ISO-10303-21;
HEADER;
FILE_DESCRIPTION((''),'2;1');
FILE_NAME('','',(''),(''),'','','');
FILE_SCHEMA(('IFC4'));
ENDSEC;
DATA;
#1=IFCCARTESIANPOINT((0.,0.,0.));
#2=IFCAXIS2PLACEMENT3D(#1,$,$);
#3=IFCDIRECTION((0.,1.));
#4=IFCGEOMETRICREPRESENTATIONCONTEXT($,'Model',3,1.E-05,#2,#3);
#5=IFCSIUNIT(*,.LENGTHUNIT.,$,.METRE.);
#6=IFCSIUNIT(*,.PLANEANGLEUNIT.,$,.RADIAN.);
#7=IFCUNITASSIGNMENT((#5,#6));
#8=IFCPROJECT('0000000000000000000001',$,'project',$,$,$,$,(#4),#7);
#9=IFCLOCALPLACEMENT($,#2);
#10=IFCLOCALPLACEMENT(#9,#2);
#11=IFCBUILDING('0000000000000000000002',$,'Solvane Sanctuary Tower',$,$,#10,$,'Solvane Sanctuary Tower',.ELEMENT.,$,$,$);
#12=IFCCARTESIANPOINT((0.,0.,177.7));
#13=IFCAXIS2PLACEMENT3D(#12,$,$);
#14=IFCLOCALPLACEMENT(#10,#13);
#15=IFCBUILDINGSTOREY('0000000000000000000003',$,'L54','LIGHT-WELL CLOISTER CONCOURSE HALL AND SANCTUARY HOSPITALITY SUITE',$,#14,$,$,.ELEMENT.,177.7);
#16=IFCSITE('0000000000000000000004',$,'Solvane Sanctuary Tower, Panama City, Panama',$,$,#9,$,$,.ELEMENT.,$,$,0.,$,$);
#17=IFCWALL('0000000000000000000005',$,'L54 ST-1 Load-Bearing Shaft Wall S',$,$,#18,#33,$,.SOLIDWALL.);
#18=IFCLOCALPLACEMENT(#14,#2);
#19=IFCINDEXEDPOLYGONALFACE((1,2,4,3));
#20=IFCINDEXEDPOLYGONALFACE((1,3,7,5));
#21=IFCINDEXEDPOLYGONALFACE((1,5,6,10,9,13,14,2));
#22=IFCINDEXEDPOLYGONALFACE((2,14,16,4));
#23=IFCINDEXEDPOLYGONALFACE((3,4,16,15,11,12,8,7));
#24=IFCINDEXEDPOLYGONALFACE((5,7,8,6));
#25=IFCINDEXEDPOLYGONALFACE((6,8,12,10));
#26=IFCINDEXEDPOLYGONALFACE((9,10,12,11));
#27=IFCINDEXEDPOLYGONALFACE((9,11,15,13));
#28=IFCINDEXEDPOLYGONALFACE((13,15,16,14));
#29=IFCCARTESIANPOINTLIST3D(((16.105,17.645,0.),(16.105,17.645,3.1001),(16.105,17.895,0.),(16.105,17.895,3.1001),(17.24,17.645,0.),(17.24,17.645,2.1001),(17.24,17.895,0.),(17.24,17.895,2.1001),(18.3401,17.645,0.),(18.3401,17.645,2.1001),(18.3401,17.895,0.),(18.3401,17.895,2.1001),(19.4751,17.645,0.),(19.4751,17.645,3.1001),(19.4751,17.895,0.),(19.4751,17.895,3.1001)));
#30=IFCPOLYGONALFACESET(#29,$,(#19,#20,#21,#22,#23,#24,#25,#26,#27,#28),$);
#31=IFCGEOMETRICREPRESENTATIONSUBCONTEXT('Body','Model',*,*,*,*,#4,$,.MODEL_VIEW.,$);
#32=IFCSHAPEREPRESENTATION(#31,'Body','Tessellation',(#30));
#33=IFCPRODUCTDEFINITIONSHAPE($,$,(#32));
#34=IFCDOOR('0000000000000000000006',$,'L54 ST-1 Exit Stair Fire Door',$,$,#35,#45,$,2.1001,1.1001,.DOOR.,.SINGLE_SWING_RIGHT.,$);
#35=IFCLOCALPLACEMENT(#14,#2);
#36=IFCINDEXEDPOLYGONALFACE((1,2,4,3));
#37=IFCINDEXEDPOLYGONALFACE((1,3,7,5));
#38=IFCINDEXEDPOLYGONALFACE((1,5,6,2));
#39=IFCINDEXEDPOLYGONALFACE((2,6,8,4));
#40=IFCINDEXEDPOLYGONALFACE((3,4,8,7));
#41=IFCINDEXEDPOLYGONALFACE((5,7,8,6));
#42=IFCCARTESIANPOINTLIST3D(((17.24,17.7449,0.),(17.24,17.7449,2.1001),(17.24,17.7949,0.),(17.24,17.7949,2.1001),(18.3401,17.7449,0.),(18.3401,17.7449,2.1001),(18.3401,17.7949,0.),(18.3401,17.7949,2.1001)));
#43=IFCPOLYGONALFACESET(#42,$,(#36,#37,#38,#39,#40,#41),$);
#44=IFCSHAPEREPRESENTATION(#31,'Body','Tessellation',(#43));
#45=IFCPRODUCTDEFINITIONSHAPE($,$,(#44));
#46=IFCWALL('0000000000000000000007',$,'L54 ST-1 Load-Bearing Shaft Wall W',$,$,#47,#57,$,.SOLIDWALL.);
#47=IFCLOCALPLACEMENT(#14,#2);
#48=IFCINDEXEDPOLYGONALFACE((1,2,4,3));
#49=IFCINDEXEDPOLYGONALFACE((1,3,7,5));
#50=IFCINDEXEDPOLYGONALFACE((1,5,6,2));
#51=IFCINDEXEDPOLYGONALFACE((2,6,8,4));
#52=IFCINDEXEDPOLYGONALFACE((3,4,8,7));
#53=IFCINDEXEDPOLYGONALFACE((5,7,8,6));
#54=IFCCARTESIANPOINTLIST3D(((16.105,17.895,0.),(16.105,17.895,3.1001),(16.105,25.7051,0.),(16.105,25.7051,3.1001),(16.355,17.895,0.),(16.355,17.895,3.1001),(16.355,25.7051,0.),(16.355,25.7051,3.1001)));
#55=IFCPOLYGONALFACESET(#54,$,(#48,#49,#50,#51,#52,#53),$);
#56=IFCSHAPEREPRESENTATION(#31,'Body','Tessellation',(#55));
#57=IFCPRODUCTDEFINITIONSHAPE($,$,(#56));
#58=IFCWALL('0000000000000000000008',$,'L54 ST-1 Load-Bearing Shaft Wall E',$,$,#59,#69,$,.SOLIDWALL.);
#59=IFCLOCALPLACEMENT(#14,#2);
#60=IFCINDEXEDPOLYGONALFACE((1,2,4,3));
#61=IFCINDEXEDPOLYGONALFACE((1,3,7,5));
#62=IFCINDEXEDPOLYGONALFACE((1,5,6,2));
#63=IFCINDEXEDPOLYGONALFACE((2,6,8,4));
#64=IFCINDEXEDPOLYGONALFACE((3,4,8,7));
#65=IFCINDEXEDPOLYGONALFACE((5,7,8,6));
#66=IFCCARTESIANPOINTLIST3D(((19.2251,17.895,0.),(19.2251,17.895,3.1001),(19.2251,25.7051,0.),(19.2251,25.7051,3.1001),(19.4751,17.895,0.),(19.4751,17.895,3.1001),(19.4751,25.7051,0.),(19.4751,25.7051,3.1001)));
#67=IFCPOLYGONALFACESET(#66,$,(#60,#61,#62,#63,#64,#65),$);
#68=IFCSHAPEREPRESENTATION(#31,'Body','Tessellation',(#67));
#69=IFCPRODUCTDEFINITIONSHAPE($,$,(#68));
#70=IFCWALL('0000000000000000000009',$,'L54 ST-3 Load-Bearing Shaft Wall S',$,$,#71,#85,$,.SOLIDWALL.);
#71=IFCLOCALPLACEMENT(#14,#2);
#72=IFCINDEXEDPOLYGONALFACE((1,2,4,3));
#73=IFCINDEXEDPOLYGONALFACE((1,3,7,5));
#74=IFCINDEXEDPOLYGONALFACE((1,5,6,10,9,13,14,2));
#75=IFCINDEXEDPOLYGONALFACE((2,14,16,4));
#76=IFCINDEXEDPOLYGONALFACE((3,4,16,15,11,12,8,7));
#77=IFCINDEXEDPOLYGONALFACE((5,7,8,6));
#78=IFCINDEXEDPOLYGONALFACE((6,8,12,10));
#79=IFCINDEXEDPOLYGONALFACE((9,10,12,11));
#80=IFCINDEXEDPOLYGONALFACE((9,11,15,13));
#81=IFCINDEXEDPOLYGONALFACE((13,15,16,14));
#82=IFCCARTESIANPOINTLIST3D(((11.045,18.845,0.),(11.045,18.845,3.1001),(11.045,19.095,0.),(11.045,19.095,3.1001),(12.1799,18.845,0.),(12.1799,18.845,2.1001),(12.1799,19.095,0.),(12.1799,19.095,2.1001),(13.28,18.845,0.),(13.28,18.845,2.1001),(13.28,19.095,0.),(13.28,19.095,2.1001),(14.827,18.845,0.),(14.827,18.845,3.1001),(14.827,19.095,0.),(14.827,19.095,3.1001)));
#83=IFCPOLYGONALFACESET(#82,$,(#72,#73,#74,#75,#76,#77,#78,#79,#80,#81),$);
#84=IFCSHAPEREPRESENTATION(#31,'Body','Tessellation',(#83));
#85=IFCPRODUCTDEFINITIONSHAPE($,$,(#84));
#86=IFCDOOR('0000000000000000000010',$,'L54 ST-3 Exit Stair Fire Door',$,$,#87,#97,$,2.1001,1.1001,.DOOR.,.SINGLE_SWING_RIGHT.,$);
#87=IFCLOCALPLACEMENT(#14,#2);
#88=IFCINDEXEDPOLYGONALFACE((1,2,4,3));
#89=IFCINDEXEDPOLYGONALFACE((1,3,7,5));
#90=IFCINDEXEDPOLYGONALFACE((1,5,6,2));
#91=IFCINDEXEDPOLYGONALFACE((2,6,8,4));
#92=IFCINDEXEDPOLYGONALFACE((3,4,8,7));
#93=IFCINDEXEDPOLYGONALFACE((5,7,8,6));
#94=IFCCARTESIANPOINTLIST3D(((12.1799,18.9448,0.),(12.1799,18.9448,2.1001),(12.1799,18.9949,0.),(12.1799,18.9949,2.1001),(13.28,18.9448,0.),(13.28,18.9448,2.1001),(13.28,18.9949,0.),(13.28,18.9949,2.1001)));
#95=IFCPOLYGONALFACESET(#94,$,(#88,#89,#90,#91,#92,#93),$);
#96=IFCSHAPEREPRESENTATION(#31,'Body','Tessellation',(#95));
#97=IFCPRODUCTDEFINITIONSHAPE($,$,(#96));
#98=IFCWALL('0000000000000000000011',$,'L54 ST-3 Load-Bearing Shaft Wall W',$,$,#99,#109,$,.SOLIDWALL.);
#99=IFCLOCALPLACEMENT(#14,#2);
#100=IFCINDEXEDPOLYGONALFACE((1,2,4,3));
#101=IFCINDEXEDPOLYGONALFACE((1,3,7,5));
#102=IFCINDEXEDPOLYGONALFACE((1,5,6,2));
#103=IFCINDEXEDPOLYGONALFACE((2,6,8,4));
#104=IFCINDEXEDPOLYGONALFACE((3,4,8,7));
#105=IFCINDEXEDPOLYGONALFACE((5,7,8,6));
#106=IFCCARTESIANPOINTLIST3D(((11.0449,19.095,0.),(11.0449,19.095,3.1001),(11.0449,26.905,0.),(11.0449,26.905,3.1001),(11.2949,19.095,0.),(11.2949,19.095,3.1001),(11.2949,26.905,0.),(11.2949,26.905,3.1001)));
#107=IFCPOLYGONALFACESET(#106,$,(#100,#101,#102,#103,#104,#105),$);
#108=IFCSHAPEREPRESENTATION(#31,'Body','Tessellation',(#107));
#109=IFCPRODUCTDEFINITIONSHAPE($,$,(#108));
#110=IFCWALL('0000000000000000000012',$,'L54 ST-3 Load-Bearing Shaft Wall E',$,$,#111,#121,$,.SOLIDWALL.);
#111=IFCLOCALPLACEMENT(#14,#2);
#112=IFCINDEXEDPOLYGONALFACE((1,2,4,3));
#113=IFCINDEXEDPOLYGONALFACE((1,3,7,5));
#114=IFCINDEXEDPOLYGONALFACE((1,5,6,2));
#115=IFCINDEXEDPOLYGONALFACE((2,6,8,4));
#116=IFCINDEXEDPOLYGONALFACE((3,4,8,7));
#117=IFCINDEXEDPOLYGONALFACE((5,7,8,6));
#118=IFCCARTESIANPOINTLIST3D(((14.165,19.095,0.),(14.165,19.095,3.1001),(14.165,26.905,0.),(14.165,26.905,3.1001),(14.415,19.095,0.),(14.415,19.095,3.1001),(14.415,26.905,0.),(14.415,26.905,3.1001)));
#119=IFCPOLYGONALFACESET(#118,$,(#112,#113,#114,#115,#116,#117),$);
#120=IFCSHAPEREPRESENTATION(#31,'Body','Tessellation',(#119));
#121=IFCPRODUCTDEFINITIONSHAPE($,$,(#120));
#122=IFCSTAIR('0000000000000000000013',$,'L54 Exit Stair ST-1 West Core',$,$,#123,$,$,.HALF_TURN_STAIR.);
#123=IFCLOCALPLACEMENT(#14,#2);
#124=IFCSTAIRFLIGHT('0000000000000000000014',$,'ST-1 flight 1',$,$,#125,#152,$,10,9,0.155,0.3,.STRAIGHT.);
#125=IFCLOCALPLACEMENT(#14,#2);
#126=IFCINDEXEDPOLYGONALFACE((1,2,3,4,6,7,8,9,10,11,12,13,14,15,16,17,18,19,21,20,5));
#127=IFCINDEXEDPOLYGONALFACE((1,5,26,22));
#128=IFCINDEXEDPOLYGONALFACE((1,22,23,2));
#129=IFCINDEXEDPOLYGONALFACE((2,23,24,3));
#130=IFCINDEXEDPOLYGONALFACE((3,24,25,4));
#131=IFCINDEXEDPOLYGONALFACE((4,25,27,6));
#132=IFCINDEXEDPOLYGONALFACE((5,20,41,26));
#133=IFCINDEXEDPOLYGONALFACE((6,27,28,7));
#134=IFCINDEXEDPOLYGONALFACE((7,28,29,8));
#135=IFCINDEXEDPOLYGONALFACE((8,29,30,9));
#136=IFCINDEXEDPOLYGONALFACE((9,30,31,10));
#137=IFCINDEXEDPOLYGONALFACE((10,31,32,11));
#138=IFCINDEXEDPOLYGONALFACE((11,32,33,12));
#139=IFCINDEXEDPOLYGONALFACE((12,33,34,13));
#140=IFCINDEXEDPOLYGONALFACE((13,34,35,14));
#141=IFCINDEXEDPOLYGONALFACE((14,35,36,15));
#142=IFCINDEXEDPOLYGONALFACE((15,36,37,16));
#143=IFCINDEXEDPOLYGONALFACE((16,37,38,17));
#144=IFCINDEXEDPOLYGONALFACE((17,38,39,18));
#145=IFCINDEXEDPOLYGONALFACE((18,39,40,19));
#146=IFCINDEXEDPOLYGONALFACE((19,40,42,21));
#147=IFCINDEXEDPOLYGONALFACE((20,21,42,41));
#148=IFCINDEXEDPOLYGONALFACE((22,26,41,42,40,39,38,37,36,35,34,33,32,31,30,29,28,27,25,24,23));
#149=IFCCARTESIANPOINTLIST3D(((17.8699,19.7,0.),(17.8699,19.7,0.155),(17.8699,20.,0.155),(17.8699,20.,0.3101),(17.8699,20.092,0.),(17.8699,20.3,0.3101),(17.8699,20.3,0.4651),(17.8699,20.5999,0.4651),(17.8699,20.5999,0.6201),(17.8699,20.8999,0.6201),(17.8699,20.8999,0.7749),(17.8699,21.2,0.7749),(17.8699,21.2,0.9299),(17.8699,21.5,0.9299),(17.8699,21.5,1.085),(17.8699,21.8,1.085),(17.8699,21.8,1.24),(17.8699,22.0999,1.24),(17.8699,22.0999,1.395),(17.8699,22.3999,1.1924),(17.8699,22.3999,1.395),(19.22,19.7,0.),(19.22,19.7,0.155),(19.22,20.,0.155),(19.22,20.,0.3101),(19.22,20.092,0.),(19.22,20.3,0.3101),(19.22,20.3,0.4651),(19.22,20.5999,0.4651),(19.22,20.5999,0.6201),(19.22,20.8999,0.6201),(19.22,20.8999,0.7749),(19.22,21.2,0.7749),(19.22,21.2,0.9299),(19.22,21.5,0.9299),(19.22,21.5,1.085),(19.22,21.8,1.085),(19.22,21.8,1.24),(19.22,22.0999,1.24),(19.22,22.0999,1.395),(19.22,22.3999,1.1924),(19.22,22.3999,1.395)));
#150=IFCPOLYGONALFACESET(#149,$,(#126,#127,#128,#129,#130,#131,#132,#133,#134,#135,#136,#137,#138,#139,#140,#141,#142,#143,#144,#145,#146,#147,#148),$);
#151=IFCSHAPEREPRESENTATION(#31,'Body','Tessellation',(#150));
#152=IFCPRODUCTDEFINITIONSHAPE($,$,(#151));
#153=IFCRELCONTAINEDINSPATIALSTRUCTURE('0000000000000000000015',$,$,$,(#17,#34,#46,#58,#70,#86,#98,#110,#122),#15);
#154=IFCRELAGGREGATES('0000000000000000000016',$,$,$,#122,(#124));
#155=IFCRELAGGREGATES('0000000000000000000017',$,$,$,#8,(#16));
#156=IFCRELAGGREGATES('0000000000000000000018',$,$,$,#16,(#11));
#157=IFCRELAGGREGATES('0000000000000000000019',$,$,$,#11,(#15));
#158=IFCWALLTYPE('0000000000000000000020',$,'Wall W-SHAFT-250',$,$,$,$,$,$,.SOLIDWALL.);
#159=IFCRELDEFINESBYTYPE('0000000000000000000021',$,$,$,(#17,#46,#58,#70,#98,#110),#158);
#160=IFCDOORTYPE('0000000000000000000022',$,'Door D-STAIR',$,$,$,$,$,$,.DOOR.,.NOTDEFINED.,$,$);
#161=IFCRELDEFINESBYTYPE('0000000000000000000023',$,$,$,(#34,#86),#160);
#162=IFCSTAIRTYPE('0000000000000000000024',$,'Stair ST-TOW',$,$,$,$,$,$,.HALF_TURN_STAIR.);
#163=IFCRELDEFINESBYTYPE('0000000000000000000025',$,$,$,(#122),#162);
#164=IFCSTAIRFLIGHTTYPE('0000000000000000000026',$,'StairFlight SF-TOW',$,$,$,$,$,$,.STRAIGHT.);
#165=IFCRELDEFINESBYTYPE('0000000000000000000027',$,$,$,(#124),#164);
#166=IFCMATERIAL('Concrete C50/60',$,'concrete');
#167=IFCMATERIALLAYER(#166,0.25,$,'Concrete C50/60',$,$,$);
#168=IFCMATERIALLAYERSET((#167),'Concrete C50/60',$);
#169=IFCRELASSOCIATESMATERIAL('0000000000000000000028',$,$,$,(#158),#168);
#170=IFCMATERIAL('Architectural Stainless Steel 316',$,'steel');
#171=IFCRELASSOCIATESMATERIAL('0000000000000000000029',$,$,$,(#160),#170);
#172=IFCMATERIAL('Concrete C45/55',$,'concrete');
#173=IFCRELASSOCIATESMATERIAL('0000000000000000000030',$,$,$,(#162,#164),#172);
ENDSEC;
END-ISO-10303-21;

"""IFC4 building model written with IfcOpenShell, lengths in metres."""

from ifc_helpers import new_model, si_unit, direction, frame, frame_2d, origin, place, context, subcontext, project, spatial, polyline, rectangle, outline, extrude, material, layer, layer_set, type_object, element, fill, aggregate, save


model = new_model("IFC4")

# Units and contexts
model_context = context("Model", 3, precision=1e-05, world=origin(), true_north=direction((0.0, 1.0)))
body_context = subcontext(model_context, "Body", "Model", "MODEL_VIEW")
ifc_project = project(units=[si_unit("LENGTHUNIT", "METRE"), si_unit("PLANEANGLEUNIT", "RADIAN")], contexts=[model_context])

# Site, building, storey
site_placement = place(None, origin())
site = spatial("IfcSite", under=ifc_project, at=site_placement, Name="Solvane Sanctuary Tower, Panama City, Panama", CompositionType="ELEMENT", RefElevation=0.0)
building_placement = place(site_placement, origin())
building = spatial("IfcBuilding", under=site, at=building_placement, Name="Solvane Sanctuary Tower", LongName="Solvane Sanctuary Tower", CompositionType="ELEMENT")
storey_placement = place(building_placement, frame((0.0, 0.0, 177.7)))
storey = spatial("IfcBuildingStorey", under=building, at=storey_placement, Name="L54", Description="LIGHT-WELL CLOISTER CONCOURSE HALL AND SANCTUARY HOSPITALITY SUITE", CompositionType="ELEMENT", Elevation=177.7)

# Shared definitions
ifc_material_1 = material(Name="Concrete C50/60", Category="concrete")

# Shared definitions
ifc_material_2 = material(Name="Architectural Stainless Steel 316", Category="steel")

# Wall, opening, door
ifc_layer_1 = layer(ifc_material_1, 0.25, Name="Concrete C50/60")
ifc_layer_set_1 = layer_set([ifc_layer_1], Name="Concrete C50/60")
wall_type_1 = type_object("IfcWallType", Name="Wall W-SHAFT-250", PredefinedType="SOLIDWALL", material=ifc_layer_set_1)
wall_1_placement = place(storey_placement, frame((16.105, 17.77, 0.0), z_axis=(0.0, 0.0, 1.0), x_axis=(1.0, 0.0, 0.0)))
wall_1 = element("IfcWall", 1, at=wall_1_placement, inside=storey, type_object=wall_type_1, Name="L54 ST-1 Load-Bearing Shaft Wall S", PredefinedType="SOLIDWALL", context=body_context, shape_type="SweptSolid", body=[
    extrude(rectangle(XDim=3.3701, YDim=0.25, at=frame_2d((1.6851, 0.0))), origin(), (0.0, 0.0, 1.0), 3.1001),
])
opening_1_placement = place(wall_1_placement, frame((1.135, 0.0, 0.0)))
opening_1 = element("IfcOpeningElement", 2, at=opening_1_placement, cuts=wall_1, PredefinedType="OPENING", context=body_context, shape_type="SweptSolid", body=[
    extrude(rectangle(XDim=1.1001, YDim=2.1001, at=frame_2d((0.55, 1.05))), frame((0.0, 0.135, 0.0), z_axis=(0.0, -1.0, 0.0), x_axis=(1.0, 0.0, 0.0)), (0.0, 0.0, 1.0), 0.27),
])
door_type_1 = type_object("IfcDoorType", Name="Door D-STAIR", OperationType="NOTDEFINED", PredefinedType="DOOR", material=ifc_material_2)
door_1_placement = place(opening_1_placement, origin())
door_1 = element("IfcDoor", 3, at=door_1_placement, inside=storey, type_object=door_type_1, Name="L54 ST-1 Exit Stair Fire Door", OperationType="SINGLE_SWING_RIGHT", OverallHeight=2.1001, OverallWidth=1.1001, PredefinedType="DOOR", context=body_context, shape_type="SweptSolid", body=[
    extrude(rectangle(XDim=1.1001, YDim=2.1001, at=frame_2d((0.55, 1.05))), frame((0.0, 0.0249, 0.0), z_axis=(0.0, -1.0, 0.0), x_axis=(1.0, 0.0, 0.0)), (0.0, 0.0, 1.0), 0.05),
])
fill(opening_1, door_1)

# Walls
for number, where, z_axis, x_axis, name in (
    (4, (16.23, 17.895, 0.0), (0.0, 0.0, 1.0), (0.0, 1.0, 0.0), "L54 ST-1 Load-Bearing Shaft Wall W"),
    (5, (19.3501, 17.895, 0.0), (0.0, 0.0, 1.0), (0.0, 1.0, 0.0), "L54 ST-1 Load-Bearing Shaft Wall E"),
):
    element("IfcWall", number, at=place(storey_placement, frame(where, z_axis=z_axis, x_axis=x_axis)), inside=storey, type_object=wall_type_1, Name=name, PredefinedType="SOLIDWALL", context=body_context, shape_type="SweptSolid", body=[
        extrude(rectangle(XDim=7.8101, YDim=0.25, at=frame_2d((3.905, 0.0))), origin(), (0.0, 0.0, 1.0), 3.1001),
    ])

# Wall, opening, door
wall_2_placement = place(storey_placement, frame((11.0449, 18.97, 0.0), z_axis=(0.0, 0.0, 1.0), x_axis=(1.0, 0.0, 0.0)))
wall_2 = element("IfcWall", 6, at=wall_2_placement, inside=storey, type_object=wall_type_1, Name="L54 ST-3 Load-Bearing Shaft Wall S", PredefinedType="SOLIDWALL", context=body_context, shape_type="SweptSolid", body=[
    extrude(rectangle(XDim=3.782, YDim=0.25, at=frame_2d((1.8911, 0.0))), origin(), (0.0, 0.0, 1.0), 3.1001),
])
opening_2_placement = place(wall_2_placement, frame((1.135, 0.0, 0.0)))
opening_2 = element("IfcOpeningElement", 7, at=opening_2_placement, cuts=wall_2, PredefinedType="OPENING", context=body_context, shape_type="SweptSolid", body=[
    extrude(rectangle(XDim=1.1001, YDim=2.1001, at=frame_2d((0.55, 1.05))), frame((0.0, 0.135, 0.0), z_axis=(0.0, -1.0, 0.0), x_axis=(1.0, 0.0, 0.0)), (0.0, 0.0, 1.0), 0.27),
])
door_2_placement = place(opening_2_placement, origin())
door_2 = element("IfcDoor", 8, at=door_2_placement, inside=storey, type_object=door_type_1, Name="L54 ST-3 Exit Stair Fire Door", OperationType="SINGLE_SWING_RIGHT", OverallHeight=2.1001, OverallWidth=1.1001, PredefinedType="DOOR", context=body_context, shape_type="SweptSolid", body=[
    extrude(rectangle(XDim=1.1001, YDim=2.1001, at=frame_2d((0.55, 1.05))), frame((0.0, 0.0249, 0.0), z_axis=(0.0, -1.0, 0.0), x_axis=(1.0, 0.0, 0.0)), (0.0, 0.0, 1.0), 0.05),
])
fill(opening_2, door_2)

# Walls
for number, where, z_axis, x_axis, name in (
    (9, (11.1699, 19.095, 0.0), (0.0, 0.0, 1.0), (0.0, 1.0, 0.0), "L54 ST-3 Load-Bearing Shaft Wall W"),
    (10, (14.29, 19.095, 0.0), (0.0, 0.0, 1.0), (0.0, 1.0, 0.0), "L54 ST-3 Load-Bearing Shaft Wall E"),
):
    element("IfcWall", number, at=place(storey_placement, frame(where, z_axis=z_axis, x_axis=x_axis)), inside=storey, type_object=wall_type_1, Name=name, PredefinedType="SOLIDWALL", context=body_context, shape_type="SweptSolid", body=[
        extrude(rectangle(XDim=7.8101, YDim=0.25, at=frame_2d((3.905, 0.0))), origin(), (0.0, 0.0, 1.0), 3.1001),
    ])

# Stair, stair flight
ifc_material_3 = material(Name="Concrete C45/55", Category="concrete")
stair_type = type_object("IfcStairType", Name="Stair ST-TOW", PredefinedType="HALF_TURN_STAIR", material=ifc_material_3)
stair_placement = place(storey_placement, origin())
stair = element("IfcStair", 11, at=stair_placement, inside=storey, type_object=stair_type, Name="L54 Exit Stair ST-1 West Core", PredefinedType="HALF_TURN_STAIR")
stair_flight_type = type_object("IfcStairFlightType", Name="StairFlight SF-TOW", PredefinedType="STRAIGHT", material=ifc_material_3)
stair_flight_placement = place(storey_placement, frame((18.5449, 19.7, 0.0), z_axis=(0.0, 0.0, 1.0), x_axis=(0.0, 1.0, 0.0)))
stair_flight = element("IfcStairFlight", 12, at=stair_flight_placement, type_object=stair_flight_type, Name="ST-1 flight 1", NumberOfRisers=10, NumberOfTreads=9, PredefinedType="STRAIGHT", RiserHeight=0.155, TreadLength=0.3, context=body_context, shape_type="SweptSolid", body=[
    extrude(outline(polyline([(0.0, 0.0), (0.0, 0.155), (0.3, 0.155), (0.3, 0.3101), (0.6001, 0.3101), (0.6001, 0.4651), (0.8999, 0.4651), (0.8999, 0.6201), (1.2, 0.6201), (1.2, 0.7749), (1.5, 0.7749), (1.5, 0.9299), (1.8, 0.9299), (1.8, 1.085), (2.1001, 1.085), (2.1001, 1.24), (2.3999, 1.24), (2.3999, 1.395), (2.7, 1.395), (2.7, 1.55), (2.7, 1.1924), (0.3921, 0.0), (0.0, 0.0)])), frame((0.0, 0.675, 0.0), z_axis=(0.0, -1.0, 0.0), x_axis=(1.0, 0.0, 0.0)), (0.0, 0.0, 1.0), 1.3501),
])
aggregate(stair, [stair_flight])

save(model, "model.ifc")
